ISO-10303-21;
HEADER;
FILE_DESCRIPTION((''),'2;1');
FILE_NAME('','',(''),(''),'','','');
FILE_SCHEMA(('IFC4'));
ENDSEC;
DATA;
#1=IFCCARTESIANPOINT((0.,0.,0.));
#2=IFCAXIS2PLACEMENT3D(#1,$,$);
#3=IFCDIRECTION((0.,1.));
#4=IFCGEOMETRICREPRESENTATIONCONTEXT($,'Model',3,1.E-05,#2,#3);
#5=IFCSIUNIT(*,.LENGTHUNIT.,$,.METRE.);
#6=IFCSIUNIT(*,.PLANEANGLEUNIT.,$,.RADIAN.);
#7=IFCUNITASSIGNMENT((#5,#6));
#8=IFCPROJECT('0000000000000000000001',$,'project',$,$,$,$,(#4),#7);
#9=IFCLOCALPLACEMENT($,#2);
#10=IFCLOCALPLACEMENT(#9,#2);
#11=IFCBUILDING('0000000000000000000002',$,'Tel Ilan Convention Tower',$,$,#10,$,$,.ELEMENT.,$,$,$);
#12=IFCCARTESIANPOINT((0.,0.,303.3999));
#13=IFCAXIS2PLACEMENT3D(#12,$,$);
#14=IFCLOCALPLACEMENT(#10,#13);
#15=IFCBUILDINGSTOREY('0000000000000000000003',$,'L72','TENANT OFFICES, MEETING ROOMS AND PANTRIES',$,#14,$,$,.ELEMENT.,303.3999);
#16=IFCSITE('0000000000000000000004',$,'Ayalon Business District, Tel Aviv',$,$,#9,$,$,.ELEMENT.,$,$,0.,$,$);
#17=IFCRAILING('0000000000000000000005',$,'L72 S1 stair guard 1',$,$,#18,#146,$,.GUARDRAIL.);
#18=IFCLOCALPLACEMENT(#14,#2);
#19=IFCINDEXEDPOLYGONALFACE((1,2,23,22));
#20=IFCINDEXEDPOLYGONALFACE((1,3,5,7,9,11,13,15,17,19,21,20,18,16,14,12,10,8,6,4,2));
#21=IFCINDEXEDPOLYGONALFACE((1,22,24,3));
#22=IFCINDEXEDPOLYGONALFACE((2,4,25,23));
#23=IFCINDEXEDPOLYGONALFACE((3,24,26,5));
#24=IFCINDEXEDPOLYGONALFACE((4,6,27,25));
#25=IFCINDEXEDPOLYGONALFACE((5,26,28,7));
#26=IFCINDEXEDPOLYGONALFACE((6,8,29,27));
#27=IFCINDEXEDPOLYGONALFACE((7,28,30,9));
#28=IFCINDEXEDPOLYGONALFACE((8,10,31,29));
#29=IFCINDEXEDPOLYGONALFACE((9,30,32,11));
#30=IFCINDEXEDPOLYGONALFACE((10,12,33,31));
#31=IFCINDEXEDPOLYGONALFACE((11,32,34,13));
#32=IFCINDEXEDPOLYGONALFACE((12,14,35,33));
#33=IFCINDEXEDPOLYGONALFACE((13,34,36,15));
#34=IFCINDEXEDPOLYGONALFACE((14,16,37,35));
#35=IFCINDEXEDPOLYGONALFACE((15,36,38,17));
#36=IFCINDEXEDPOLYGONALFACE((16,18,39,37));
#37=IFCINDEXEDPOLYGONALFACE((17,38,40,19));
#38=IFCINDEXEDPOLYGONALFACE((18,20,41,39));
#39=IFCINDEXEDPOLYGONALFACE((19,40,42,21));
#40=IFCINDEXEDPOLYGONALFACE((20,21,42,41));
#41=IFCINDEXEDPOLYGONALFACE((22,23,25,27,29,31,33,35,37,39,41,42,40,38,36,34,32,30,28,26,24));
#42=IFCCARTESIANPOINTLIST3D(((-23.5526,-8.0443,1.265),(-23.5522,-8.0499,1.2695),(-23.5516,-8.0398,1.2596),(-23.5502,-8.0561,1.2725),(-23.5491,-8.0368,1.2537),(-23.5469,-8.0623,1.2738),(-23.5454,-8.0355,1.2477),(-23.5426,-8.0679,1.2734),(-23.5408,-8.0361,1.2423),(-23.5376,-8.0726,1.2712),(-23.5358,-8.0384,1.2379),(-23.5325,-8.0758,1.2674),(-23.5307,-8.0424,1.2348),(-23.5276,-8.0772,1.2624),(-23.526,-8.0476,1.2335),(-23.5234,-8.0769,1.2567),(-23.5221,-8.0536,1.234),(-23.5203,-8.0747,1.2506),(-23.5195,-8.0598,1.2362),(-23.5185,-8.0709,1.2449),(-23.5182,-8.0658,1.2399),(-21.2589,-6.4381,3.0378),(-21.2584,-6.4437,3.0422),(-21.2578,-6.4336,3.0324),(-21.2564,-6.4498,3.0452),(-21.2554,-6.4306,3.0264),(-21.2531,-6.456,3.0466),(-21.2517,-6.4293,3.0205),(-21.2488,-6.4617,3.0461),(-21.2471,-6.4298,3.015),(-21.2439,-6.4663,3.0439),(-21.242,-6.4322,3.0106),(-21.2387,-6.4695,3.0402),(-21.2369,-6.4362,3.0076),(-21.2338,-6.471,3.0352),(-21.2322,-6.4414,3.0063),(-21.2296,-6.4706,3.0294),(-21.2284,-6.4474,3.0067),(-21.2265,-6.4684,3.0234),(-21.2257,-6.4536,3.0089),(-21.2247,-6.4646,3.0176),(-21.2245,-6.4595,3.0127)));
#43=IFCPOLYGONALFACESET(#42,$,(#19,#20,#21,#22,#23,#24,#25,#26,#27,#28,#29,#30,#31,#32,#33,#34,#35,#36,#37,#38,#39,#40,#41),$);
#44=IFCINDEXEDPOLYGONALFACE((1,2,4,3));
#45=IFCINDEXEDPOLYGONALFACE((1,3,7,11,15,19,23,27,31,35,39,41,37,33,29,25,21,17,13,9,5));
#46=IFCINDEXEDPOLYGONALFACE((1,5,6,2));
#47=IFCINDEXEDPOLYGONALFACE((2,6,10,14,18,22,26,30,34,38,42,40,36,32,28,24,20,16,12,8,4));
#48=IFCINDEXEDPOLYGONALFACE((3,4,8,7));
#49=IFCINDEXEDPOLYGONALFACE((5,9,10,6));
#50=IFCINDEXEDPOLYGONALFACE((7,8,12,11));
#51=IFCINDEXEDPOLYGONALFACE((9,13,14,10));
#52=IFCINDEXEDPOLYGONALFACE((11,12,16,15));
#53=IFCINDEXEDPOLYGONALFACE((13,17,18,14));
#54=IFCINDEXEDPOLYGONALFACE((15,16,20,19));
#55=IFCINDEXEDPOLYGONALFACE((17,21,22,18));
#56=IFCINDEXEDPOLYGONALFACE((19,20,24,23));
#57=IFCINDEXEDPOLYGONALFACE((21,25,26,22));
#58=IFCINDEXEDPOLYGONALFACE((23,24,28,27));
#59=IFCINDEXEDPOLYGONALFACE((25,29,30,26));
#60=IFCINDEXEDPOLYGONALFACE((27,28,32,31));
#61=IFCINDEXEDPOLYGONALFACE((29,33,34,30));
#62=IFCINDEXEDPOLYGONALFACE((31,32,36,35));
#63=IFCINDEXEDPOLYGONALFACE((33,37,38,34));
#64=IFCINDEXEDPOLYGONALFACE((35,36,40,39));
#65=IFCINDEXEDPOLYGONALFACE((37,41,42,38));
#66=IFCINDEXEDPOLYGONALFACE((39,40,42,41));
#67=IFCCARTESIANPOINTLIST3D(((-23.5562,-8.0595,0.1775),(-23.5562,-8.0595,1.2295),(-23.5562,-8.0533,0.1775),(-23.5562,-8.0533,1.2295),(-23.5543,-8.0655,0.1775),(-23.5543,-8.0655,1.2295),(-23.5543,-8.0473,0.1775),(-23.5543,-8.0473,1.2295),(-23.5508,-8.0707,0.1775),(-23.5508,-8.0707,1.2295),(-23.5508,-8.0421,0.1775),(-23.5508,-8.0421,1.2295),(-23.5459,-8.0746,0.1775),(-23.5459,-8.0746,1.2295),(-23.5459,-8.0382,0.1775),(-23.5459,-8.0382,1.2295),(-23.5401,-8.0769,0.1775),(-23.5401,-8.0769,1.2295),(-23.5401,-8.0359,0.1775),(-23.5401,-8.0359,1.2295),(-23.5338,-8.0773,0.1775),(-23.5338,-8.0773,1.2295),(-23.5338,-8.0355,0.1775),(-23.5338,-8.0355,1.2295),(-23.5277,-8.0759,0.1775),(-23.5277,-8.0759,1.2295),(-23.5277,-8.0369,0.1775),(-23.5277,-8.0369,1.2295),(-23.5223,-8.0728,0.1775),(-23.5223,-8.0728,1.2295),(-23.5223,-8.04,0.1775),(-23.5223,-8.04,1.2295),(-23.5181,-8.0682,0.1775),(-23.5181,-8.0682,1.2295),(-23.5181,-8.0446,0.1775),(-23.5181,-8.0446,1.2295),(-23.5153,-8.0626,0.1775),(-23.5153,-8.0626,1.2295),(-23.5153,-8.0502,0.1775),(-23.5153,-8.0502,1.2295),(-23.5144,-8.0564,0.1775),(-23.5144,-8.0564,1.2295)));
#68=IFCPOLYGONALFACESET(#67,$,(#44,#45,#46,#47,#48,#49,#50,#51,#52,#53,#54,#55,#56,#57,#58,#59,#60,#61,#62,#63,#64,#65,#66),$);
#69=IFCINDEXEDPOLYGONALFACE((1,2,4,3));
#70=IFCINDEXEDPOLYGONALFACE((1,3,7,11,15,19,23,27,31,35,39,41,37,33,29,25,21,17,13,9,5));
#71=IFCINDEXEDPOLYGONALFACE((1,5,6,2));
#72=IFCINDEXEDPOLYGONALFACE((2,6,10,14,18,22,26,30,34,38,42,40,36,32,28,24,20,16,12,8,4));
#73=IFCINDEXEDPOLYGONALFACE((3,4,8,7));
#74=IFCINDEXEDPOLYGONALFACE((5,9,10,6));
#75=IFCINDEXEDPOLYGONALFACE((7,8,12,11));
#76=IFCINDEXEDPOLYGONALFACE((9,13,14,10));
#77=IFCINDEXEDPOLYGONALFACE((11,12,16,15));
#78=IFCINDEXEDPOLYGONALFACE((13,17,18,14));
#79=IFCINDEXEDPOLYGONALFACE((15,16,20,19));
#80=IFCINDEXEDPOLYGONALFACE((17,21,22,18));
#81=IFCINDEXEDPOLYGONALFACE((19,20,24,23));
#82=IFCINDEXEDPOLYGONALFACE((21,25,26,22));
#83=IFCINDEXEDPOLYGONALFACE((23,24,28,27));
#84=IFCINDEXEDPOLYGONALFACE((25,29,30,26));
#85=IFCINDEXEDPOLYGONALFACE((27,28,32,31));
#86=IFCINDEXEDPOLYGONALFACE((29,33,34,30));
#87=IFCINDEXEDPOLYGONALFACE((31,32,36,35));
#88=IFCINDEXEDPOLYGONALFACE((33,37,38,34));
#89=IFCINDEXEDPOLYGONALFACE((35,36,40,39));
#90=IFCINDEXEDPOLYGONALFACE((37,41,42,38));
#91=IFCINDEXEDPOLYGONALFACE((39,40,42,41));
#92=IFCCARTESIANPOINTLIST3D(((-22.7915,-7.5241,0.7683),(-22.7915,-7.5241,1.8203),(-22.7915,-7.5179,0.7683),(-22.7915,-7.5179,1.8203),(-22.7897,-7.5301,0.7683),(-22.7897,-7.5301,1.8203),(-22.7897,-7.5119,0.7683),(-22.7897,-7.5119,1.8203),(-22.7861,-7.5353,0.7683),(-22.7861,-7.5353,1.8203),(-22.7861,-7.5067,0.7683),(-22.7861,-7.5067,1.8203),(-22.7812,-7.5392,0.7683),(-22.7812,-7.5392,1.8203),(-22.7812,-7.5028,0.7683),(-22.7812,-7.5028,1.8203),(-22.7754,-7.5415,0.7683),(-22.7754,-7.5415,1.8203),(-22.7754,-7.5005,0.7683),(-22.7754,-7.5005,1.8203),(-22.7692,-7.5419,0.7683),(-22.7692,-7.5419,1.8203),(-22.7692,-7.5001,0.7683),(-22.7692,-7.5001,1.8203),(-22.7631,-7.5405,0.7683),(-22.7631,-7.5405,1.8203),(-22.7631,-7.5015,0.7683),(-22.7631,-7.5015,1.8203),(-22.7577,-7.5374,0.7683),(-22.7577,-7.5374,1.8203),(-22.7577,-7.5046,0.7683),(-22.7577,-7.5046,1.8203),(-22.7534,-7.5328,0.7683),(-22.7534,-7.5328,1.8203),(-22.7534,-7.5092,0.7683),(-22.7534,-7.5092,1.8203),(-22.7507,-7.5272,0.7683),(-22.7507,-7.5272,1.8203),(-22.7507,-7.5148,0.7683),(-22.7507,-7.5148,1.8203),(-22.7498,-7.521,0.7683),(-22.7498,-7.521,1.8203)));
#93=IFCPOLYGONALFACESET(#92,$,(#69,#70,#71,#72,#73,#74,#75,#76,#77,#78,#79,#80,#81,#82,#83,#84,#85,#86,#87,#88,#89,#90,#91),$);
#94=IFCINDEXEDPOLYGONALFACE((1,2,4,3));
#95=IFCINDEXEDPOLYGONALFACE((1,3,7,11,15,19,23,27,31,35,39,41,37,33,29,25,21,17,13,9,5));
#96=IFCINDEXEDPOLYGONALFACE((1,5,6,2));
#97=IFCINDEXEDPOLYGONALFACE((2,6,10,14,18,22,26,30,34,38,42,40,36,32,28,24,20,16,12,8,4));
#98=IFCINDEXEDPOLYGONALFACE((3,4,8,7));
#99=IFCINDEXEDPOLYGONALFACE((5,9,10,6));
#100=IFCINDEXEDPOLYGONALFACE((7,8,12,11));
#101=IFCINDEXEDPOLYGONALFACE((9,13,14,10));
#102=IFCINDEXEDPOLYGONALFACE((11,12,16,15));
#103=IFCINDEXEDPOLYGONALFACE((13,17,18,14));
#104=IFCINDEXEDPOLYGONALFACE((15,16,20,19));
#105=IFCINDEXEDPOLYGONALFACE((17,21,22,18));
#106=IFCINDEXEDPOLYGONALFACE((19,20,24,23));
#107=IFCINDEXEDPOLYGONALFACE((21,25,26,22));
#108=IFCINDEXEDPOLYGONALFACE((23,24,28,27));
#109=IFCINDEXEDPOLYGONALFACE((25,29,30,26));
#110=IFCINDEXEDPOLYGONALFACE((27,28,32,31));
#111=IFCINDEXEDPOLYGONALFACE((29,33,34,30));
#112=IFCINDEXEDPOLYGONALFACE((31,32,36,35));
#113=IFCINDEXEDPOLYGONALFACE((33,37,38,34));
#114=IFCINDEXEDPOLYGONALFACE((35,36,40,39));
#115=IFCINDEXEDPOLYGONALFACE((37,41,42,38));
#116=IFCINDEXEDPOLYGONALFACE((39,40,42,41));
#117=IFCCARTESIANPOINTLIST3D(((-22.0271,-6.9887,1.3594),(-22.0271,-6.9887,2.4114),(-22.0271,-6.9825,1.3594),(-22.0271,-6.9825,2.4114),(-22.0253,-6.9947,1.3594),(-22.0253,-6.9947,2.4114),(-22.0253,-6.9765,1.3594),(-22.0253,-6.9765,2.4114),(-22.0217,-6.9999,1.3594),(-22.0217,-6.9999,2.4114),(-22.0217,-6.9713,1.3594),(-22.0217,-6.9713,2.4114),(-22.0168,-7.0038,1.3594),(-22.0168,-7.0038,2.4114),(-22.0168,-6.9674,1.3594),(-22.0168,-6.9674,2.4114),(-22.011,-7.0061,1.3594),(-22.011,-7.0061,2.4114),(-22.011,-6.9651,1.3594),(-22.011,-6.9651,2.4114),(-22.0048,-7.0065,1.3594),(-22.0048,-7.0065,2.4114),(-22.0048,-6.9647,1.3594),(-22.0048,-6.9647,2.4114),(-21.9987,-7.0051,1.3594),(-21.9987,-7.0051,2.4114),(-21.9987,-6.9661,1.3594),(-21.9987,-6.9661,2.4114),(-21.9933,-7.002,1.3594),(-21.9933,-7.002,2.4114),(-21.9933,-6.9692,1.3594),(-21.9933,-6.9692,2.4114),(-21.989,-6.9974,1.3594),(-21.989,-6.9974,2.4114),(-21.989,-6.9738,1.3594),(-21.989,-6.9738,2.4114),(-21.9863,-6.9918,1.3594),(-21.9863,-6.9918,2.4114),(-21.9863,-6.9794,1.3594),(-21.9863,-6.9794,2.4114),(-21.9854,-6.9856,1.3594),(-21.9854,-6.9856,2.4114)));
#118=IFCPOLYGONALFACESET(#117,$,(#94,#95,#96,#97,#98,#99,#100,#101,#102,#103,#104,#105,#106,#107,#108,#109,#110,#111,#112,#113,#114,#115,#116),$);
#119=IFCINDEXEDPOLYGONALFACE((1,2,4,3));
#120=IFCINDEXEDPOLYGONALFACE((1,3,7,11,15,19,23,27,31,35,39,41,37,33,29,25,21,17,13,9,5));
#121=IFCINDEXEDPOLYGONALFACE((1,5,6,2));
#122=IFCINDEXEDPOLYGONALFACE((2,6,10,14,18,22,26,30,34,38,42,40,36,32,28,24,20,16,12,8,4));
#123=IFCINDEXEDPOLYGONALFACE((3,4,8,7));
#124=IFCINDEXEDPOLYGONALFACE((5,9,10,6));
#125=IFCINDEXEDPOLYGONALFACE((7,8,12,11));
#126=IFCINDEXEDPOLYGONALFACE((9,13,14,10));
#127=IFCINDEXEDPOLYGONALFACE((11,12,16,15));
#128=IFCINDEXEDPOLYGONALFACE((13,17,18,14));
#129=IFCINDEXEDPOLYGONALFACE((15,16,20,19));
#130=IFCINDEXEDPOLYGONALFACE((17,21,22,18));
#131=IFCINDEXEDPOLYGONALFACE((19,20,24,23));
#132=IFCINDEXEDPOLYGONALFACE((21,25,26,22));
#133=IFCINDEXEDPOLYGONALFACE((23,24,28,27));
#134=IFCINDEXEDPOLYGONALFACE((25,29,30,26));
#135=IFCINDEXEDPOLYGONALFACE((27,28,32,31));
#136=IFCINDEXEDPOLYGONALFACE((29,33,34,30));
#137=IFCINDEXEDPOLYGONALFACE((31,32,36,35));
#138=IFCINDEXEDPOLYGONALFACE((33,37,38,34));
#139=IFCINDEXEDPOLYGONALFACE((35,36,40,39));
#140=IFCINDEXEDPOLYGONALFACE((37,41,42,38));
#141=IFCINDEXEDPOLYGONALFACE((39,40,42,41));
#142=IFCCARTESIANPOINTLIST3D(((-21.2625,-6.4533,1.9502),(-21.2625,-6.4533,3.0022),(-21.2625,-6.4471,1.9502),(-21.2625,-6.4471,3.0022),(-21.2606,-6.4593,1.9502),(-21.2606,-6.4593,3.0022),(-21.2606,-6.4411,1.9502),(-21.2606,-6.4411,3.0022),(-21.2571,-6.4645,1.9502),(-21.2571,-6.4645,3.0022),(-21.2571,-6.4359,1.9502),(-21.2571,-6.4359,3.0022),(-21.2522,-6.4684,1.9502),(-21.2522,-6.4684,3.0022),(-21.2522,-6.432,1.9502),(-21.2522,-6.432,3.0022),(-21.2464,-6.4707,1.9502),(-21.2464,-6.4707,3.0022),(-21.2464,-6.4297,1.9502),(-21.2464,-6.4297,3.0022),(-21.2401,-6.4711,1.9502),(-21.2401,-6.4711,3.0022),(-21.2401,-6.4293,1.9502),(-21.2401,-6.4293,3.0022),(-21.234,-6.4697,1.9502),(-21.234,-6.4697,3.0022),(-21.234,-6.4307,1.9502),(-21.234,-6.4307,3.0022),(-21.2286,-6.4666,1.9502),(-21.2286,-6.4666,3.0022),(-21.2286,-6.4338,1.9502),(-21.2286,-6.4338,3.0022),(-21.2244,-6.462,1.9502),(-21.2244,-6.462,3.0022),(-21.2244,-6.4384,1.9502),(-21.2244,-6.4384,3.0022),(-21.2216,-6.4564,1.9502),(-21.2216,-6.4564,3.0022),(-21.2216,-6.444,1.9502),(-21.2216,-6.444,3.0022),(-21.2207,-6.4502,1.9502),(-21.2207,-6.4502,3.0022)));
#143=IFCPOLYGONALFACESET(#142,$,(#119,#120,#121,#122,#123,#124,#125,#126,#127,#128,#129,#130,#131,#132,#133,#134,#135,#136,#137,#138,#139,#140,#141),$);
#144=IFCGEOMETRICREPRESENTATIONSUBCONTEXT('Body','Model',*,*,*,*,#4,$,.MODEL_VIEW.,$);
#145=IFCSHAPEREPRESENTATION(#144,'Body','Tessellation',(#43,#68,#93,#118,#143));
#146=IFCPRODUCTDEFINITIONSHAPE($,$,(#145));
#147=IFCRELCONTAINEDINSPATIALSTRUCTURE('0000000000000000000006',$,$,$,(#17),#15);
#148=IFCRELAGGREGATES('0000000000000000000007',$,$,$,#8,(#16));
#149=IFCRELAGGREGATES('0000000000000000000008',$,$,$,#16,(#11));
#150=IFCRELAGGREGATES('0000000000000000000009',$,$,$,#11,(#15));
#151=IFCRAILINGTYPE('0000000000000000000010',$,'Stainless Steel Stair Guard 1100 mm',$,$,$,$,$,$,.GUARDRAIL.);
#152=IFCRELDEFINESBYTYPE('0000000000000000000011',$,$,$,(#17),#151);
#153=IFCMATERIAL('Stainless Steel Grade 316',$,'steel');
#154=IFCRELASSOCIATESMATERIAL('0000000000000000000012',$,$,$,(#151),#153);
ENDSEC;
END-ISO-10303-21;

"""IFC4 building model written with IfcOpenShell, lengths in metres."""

from ifc_helpers import new_model, si_unit, direction, frame, origin, origin_2d, place, context, subcontext, project, spatial, circle, extrude, material, type_object, element, save


model = new_model("IFC4")

# Units and contexts
model_context = context("Model", 3, precision=1e-05, world=origin(), true_north=direction((0.0, 1.0)))
body_context = subcontext(model_context, "Body", "Model", "MODEL_VIEW")
ifc_project = project(units=[si_unit("LENGTHUNIT", "METRE"), si_unit("PLANEANGLEUNIT", "RADIAN")], contexts=[model_context])

# Site, building, storey
site_placement = place(None, origin())
site = spatial("IfcSite", under=ifc_project, at=site_placement, Name="Ayalon Business District, Tel Aviv", CompositionType="ELEMENT", RefElevation=0.0)
building_placement = place(site_placement, origin())
building = spatial("IfcBuilding", under=site, at=building_placement, Name="Tel Ilan Convention Tower", CompositionType="ELEMENT")
storey_placement = place(building_placement, frame((0.0, 0.0, 303.3999)))
storey = spatial("IfcBuildingStorey", under=building, at=storey_placement, Name="L72", Description="TENANT OFFICES, MEETING ROOMS AND PANTRIES", CompositionType="ELEMENT", Elevation=303.3999)

# Railing
ifc_material_1 = material(Name="Stainless Steel Grade 316", Category="steel")
railing_type_1 = type_object("IfcRailingType", Name="Stainless Steel Stair Guard 1100 mm", PredefinedType="GUARDRAIL", material=ifc_material_1)
railing_1_placement = place(storey_placement, frame((-23.5354, -8.0564, 0.1775)))
element("IfcRailing", 1, at=railing_1_placement, inside=storey, type_object=railing_type_1, Name="L72 S1 stair guard 1", PredefinedType="GUARDRAIL", context=body_context, shape_type="SweptSolid", body=[
    extrude(circle(Radius=0.0239, at=origin_2d()), frame((0.0, 0.0, 1.0762), z_axis=(0.692098, 0.484653, 0.534894), x_axis=(-0.573609, 0.81913, 0.0)), (0.0, 0.0, 1.0), 3.3142),
    extrude(circle(Radius=0.021, at=origin_2d()), origin(), (0.0, 0.0, 1.0), 1.052),
    extrude(circle(Radius=0.021, at=origin_2d()), frame((0.7646, 0.5354, 0.5908)), (0.0, 0.0, 1.0), 1.052),
    extrude(circle(Radius=0.021, at=origin_2d()), frame((1.5291, 1.0708, 1.1819)), (0.0, 0.0, 1.0), 1.052),
    extrude(circle(Radius=0.021, at=origin_2d()), frame((2.2937, 1.6062, 1.7727)), (0.0, 0.0, 1.0), 1.052),
])

save(model, "model.ifc")
